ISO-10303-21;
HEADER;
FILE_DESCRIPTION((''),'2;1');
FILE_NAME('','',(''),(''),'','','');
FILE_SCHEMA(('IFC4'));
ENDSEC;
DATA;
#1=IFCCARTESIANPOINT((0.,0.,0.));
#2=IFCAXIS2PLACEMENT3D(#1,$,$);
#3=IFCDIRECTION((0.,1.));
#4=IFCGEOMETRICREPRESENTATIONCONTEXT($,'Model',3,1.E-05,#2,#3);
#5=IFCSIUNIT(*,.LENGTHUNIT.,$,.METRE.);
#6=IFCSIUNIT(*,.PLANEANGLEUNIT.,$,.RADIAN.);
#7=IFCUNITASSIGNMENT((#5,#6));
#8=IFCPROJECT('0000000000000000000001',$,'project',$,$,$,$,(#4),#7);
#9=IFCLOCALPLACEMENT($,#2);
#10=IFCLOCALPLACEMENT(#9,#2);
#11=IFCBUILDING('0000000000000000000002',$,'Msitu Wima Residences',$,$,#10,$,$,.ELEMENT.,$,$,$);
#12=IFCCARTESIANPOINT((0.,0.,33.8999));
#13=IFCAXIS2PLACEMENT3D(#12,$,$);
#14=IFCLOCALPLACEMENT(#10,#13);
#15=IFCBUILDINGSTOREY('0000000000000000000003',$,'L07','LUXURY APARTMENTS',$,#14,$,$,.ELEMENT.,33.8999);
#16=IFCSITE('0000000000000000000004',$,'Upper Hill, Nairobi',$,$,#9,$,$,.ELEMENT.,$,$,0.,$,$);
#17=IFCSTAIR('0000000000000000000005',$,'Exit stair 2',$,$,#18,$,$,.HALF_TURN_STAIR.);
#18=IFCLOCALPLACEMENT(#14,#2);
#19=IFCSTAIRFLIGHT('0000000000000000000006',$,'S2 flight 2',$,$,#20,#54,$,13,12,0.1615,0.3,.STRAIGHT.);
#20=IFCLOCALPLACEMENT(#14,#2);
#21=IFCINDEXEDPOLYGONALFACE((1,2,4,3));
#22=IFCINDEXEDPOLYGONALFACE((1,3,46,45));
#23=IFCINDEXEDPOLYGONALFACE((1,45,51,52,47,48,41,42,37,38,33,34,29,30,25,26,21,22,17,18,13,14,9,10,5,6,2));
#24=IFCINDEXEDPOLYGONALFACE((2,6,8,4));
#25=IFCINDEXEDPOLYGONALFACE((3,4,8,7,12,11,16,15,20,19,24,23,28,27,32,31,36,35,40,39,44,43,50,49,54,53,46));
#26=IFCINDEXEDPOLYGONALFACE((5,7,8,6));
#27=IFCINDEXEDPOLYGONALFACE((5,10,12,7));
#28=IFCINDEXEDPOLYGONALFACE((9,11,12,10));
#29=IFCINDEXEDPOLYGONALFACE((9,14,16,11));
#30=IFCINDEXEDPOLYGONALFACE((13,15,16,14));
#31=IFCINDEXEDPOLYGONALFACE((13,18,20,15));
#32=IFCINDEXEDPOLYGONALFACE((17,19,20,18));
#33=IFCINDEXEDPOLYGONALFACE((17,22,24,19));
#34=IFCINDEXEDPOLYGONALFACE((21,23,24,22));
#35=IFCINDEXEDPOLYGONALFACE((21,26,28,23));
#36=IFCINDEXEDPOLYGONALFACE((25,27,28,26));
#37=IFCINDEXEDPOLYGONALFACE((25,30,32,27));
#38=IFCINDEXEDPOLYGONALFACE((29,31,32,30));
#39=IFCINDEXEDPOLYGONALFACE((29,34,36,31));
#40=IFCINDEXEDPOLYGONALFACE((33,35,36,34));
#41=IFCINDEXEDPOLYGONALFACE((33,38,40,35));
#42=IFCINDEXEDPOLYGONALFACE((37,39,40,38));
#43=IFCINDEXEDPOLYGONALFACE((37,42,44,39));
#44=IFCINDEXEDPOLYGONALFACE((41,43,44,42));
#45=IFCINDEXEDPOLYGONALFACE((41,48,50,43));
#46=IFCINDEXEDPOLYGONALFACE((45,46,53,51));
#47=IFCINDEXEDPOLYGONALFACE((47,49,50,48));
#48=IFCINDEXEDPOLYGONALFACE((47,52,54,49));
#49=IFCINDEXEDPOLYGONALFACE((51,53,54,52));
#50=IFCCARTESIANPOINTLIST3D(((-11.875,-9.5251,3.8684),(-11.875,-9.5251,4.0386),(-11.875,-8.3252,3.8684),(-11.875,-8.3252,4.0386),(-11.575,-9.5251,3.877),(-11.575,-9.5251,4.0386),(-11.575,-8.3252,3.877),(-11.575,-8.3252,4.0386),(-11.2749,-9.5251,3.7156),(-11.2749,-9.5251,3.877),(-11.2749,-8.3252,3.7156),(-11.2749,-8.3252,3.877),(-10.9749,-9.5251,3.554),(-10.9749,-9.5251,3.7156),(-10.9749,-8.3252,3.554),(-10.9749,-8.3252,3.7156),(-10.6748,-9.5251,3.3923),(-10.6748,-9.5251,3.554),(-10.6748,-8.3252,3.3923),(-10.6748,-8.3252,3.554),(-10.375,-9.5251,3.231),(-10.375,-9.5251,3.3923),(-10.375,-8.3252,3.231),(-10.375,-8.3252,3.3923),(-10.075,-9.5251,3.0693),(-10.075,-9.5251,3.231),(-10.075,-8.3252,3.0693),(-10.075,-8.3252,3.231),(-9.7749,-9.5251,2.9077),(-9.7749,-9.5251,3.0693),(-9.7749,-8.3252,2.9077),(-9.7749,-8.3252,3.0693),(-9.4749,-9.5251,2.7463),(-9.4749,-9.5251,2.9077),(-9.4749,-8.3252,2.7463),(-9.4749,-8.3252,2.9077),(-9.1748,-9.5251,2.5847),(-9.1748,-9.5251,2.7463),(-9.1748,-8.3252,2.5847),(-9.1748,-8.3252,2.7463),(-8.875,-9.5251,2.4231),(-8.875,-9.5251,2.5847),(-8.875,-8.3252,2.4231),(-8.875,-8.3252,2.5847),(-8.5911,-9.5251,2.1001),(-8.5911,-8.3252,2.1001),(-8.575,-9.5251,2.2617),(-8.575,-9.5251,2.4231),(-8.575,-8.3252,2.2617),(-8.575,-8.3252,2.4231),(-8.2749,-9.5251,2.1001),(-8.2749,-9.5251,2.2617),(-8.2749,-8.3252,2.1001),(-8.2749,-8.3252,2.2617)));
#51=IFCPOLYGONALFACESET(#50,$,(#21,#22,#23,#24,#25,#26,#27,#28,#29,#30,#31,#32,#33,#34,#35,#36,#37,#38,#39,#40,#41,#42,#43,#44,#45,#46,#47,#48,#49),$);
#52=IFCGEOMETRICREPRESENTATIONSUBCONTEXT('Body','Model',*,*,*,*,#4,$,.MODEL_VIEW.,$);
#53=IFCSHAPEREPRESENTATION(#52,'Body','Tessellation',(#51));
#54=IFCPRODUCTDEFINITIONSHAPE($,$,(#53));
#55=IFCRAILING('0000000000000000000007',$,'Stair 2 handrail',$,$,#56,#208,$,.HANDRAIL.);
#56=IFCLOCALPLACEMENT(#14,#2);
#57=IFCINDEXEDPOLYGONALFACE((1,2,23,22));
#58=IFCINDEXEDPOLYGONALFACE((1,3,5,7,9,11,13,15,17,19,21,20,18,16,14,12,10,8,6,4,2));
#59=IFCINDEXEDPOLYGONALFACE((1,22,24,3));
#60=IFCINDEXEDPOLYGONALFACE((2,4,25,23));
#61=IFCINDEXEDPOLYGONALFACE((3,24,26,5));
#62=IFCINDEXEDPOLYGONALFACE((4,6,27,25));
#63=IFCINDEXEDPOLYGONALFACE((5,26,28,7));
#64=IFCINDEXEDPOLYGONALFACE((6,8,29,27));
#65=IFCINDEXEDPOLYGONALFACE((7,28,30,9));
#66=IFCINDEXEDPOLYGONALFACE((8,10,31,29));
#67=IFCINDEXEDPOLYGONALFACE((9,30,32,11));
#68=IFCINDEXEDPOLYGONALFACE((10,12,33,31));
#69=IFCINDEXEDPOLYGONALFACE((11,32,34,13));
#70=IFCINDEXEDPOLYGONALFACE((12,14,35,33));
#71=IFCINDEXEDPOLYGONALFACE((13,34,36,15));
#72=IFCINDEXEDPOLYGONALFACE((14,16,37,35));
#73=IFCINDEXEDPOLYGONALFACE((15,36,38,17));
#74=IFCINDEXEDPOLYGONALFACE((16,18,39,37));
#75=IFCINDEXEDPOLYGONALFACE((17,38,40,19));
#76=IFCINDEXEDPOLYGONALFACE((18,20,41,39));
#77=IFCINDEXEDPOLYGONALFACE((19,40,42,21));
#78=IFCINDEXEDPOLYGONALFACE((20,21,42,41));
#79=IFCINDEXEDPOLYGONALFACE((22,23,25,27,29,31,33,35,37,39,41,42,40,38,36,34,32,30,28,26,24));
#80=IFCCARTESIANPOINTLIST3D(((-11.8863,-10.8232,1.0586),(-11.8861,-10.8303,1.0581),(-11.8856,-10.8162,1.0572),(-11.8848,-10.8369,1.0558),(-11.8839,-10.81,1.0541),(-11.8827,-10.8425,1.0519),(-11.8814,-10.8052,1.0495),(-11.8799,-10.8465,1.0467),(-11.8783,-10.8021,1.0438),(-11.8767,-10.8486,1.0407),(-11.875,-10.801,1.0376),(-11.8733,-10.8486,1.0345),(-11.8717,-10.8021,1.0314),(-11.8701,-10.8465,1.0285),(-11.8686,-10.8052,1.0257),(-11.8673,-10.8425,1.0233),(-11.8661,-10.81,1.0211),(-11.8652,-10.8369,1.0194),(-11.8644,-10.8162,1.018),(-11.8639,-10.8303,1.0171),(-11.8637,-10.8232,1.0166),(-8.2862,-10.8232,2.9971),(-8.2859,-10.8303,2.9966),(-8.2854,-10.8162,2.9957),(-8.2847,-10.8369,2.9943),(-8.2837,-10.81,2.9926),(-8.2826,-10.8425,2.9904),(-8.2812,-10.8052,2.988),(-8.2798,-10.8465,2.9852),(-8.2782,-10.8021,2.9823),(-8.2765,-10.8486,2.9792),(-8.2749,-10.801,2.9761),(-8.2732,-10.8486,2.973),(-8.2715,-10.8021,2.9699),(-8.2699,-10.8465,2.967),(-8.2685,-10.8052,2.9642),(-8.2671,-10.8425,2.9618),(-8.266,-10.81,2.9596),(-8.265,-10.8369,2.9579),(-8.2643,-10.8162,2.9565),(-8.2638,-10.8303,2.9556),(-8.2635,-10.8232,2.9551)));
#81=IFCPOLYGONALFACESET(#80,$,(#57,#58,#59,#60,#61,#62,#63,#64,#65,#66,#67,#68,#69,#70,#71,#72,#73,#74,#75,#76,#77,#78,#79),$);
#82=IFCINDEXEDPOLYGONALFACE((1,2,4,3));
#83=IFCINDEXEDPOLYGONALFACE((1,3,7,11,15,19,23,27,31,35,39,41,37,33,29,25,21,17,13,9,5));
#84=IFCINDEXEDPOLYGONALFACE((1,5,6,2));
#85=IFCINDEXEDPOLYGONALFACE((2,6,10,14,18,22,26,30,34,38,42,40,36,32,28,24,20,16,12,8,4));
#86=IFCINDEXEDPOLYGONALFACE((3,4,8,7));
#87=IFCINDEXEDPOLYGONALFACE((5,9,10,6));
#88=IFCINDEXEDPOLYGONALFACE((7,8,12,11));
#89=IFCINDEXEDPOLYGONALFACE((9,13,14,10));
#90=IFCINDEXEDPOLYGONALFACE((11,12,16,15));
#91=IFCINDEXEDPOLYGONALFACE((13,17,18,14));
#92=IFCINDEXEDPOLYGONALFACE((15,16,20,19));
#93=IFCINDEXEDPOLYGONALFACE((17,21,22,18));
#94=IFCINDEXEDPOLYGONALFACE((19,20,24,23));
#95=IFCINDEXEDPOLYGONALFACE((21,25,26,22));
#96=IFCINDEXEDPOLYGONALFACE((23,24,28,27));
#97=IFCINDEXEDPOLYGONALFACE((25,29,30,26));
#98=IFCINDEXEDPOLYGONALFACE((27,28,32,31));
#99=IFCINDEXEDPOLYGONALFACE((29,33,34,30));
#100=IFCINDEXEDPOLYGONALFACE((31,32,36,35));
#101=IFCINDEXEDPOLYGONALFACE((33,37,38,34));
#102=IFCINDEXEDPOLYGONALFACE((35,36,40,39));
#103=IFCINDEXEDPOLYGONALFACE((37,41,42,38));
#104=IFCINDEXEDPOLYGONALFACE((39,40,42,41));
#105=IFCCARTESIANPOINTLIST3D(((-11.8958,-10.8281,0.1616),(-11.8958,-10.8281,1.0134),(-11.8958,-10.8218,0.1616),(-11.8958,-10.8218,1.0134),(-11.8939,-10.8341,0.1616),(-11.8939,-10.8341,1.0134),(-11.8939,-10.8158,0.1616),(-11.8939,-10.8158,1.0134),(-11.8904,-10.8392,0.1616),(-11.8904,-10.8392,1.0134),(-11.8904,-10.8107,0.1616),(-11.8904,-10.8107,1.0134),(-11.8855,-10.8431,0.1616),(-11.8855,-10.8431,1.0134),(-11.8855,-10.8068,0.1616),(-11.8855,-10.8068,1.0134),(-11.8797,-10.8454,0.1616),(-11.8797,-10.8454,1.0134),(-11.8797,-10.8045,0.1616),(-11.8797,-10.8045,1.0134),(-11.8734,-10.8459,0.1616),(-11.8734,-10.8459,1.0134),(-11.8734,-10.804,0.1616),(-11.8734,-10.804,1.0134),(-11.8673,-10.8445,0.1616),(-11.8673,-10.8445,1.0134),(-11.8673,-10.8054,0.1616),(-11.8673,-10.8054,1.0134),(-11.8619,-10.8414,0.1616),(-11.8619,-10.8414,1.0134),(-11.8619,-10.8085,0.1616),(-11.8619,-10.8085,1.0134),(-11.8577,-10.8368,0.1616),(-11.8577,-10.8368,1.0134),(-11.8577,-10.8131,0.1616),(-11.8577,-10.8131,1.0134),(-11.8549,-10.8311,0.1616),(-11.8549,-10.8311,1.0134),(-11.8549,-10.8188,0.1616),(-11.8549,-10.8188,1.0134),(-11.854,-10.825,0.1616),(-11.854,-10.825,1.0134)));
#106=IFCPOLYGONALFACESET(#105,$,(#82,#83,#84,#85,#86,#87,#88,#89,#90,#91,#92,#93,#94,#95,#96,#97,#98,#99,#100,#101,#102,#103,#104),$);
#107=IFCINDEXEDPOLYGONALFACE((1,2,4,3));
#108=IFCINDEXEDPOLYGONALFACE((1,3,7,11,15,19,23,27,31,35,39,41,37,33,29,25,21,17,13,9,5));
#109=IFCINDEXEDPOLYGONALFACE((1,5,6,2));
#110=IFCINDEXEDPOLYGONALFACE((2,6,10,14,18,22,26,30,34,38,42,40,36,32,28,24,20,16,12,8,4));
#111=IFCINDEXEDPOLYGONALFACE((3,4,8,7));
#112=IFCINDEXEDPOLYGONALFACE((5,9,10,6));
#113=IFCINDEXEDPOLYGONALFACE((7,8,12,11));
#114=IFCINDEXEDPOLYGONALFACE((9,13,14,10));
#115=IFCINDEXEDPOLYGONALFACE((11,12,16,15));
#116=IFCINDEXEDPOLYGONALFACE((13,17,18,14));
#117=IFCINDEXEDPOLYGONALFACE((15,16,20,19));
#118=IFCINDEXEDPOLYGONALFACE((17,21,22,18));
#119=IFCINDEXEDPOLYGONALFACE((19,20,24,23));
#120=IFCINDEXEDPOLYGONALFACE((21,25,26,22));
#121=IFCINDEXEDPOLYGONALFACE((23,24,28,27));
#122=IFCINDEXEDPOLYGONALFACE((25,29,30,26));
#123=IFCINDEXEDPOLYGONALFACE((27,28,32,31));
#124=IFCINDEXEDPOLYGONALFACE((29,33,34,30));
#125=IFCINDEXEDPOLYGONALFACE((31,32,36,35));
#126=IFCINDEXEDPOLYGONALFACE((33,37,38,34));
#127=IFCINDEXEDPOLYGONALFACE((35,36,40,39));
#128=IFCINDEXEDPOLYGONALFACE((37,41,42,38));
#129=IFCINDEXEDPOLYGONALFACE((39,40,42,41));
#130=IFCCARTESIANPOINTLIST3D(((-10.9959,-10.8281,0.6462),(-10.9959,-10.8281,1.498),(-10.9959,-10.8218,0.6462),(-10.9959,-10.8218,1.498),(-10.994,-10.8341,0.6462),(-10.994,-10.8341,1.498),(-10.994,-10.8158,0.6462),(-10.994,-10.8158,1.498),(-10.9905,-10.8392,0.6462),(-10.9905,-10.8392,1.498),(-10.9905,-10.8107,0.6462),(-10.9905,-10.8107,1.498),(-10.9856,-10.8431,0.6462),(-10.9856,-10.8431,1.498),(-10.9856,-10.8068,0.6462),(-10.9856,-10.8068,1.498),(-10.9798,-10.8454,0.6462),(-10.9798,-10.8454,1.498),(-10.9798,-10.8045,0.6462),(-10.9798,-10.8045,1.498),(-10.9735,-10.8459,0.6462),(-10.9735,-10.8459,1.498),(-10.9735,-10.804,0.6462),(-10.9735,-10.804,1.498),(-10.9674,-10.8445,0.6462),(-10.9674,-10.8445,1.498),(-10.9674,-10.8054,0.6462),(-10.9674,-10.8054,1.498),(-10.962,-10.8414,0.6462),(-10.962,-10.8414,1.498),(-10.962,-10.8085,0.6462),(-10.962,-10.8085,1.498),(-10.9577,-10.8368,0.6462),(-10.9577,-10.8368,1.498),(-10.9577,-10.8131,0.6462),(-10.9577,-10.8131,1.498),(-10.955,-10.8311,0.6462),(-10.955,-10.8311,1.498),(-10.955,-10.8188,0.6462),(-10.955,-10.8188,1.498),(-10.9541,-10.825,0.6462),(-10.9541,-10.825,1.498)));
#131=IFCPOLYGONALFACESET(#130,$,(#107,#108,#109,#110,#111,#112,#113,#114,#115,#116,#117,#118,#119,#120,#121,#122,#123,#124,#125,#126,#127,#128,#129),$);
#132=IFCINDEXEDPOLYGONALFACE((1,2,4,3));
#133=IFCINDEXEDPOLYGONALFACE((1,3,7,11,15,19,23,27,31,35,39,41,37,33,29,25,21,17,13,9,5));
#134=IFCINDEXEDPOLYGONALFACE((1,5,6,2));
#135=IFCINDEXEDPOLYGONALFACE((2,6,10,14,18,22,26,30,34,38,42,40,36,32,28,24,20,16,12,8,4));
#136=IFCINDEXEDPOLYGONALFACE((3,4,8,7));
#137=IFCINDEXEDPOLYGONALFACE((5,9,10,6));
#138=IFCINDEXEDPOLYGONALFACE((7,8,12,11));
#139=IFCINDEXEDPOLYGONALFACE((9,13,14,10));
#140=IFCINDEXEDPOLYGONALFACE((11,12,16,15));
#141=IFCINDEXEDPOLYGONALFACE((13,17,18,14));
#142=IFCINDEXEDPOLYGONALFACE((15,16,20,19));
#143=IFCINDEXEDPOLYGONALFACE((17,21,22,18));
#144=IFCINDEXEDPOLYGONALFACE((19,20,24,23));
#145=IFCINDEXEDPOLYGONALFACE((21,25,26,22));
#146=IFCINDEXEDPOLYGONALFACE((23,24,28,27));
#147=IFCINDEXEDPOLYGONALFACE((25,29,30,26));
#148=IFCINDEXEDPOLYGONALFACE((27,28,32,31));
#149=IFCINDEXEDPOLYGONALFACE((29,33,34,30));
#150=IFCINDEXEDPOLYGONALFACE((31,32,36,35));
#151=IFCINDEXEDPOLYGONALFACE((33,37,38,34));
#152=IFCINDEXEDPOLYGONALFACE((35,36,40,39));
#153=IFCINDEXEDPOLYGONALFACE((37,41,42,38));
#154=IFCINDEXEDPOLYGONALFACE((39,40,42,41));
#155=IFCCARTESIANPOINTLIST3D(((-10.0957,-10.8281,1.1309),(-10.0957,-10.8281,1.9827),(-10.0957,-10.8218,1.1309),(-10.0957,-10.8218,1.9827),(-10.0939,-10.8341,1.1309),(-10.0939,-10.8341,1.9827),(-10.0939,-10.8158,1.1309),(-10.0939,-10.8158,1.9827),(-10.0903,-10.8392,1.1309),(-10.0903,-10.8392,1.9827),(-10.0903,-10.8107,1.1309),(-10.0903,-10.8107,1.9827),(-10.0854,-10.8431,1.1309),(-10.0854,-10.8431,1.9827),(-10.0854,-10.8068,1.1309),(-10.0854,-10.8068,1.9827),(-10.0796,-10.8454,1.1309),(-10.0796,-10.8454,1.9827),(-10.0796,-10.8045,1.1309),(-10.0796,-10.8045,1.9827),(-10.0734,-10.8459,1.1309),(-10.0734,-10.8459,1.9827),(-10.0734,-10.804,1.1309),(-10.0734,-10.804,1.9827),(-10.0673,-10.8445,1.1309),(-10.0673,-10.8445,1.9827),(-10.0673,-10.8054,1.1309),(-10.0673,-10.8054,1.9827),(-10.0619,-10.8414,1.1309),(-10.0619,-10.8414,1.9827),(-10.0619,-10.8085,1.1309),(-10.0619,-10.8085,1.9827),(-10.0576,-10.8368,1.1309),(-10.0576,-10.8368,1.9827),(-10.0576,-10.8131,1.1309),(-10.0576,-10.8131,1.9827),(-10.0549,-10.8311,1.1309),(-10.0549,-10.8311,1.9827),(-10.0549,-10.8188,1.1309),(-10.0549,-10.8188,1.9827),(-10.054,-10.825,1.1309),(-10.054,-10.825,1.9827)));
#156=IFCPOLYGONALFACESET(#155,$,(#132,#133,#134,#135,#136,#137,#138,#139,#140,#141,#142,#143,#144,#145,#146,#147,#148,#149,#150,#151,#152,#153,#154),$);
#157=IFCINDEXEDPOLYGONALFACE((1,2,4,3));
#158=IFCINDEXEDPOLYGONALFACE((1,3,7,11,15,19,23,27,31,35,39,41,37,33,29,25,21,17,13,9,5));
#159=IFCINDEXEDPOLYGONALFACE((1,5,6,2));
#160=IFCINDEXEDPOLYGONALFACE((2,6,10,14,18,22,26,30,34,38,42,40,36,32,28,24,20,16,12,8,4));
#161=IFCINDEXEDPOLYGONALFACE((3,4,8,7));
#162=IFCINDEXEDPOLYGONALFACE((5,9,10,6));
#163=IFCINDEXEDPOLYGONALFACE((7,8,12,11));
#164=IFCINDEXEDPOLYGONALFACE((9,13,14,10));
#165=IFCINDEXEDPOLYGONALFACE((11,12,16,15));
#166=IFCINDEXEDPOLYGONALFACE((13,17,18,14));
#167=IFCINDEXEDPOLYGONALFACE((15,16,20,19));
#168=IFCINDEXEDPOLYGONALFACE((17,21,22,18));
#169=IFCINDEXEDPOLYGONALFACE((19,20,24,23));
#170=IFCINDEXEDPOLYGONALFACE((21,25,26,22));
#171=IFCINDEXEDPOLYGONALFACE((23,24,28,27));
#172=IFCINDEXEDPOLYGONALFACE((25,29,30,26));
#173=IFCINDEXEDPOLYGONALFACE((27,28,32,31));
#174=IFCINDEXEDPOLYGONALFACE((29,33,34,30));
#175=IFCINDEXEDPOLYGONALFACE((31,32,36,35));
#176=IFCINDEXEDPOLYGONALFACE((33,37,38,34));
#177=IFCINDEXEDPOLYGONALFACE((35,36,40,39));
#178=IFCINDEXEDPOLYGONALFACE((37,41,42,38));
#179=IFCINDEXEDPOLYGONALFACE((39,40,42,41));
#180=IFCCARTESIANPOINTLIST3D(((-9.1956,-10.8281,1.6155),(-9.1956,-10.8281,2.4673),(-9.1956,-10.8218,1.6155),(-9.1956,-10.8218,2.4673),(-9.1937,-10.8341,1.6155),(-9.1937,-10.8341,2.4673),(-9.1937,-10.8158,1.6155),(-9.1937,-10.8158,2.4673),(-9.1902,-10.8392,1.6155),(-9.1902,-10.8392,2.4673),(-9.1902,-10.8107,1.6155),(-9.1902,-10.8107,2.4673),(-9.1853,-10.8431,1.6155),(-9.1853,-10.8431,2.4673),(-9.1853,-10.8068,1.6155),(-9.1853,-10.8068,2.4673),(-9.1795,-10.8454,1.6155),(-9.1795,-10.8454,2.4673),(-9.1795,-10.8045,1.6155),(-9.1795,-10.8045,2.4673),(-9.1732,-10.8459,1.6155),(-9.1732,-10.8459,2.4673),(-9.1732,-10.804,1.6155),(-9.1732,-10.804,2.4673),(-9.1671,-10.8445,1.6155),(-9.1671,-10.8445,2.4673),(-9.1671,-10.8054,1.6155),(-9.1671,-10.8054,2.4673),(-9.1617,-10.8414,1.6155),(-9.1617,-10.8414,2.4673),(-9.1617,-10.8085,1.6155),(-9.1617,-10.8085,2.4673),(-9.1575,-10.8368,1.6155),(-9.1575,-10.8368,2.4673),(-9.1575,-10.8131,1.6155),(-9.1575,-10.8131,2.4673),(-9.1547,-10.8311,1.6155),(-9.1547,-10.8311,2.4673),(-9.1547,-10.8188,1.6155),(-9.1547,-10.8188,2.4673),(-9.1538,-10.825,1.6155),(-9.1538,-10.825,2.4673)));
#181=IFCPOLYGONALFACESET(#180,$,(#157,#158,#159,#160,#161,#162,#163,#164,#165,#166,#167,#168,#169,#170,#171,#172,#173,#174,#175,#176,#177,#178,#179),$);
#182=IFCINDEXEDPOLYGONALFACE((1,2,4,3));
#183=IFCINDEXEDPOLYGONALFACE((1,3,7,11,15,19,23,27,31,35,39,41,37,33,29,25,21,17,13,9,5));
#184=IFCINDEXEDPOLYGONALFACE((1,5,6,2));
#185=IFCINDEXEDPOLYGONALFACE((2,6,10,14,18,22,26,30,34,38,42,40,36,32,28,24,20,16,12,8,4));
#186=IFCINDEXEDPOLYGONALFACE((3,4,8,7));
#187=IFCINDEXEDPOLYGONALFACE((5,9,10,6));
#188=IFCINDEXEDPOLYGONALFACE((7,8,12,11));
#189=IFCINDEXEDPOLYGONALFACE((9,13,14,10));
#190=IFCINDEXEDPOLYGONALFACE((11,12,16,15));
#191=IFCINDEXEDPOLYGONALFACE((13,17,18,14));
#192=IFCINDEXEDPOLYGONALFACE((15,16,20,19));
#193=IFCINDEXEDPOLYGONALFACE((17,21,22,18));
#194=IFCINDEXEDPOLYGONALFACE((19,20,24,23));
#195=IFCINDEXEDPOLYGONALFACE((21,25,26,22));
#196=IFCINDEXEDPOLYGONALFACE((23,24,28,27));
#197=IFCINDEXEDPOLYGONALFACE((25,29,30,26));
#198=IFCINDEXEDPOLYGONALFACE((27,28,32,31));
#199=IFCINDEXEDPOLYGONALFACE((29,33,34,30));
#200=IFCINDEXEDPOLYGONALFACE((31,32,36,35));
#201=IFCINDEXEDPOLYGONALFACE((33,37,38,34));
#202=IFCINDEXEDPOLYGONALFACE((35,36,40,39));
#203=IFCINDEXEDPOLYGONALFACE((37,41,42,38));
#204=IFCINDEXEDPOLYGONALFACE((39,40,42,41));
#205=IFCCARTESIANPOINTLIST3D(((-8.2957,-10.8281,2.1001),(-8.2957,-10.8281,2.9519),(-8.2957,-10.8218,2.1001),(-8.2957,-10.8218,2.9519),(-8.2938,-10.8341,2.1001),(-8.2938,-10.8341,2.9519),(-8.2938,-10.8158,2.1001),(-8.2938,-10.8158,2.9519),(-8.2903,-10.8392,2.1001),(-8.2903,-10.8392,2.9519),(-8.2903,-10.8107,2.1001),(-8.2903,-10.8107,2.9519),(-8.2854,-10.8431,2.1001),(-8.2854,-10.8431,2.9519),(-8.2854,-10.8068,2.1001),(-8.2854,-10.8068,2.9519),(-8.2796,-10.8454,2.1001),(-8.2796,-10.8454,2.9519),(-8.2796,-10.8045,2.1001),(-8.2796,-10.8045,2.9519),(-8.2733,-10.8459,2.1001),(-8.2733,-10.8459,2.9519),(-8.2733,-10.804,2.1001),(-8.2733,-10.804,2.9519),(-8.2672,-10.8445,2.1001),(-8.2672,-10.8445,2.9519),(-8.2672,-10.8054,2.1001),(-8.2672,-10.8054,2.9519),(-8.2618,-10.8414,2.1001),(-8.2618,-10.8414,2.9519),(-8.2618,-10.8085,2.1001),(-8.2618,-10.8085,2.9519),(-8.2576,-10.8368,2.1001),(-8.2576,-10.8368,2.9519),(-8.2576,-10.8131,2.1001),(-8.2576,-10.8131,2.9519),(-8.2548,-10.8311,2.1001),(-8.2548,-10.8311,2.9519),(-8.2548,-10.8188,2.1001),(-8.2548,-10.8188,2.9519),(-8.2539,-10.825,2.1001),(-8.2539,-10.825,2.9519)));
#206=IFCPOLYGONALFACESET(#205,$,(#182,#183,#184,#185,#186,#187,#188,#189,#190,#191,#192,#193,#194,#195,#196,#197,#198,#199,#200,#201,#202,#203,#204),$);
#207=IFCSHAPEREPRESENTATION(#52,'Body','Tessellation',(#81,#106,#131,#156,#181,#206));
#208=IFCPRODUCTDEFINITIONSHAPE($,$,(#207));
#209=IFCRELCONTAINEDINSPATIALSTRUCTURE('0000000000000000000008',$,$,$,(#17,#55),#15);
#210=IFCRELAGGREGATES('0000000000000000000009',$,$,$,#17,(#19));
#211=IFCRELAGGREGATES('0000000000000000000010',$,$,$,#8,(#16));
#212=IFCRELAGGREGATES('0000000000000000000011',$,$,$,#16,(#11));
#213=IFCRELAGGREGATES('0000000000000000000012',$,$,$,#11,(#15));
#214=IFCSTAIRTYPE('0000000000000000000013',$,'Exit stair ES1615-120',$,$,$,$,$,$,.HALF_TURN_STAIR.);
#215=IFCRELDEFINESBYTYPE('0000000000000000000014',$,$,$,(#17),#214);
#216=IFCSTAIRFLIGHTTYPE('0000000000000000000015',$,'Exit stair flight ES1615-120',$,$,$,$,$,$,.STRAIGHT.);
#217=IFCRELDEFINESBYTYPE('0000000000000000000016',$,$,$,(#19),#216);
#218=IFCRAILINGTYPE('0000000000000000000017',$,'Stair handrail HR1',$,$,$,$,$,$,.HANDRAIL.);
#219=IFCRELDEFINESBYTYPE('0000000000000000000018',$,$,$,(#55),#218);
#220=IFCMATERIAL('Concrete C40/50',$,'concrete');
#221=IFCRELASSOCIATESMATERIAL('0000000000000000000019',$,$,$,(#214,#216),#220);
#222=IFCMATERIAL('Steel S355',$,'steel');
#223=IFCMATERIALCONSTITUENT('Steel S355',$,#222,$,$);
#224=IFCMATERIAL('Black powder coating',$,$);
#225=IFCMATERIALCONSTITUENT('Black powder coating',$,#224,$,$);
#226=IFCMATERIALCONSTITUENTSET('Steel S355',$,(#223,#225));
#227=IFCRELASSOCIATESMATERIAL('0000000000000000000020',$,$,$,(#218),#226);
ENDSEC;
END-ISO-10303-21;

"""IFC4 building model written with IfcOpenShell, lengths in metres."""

from ifc_helpers import new_model, si_unit, direction, frame, origin, origin_2d, place, context, subcontext, project, spatial, polyline, circle, outline, extrude, material, constituent, constituent_set, type_object, element, aggregate, save


model = new_model("IFC4")

# Units and contexts
model_context = context("Model", 3, precision=1e-05, world=origin(), true_north=direction((0.0, 1.0)))
body_context = subcontext(model_context, "Body", "Model", "MODEL_VIEW")
ifc_project = project(units=[si_unit("LENGTHUNIT", "METRE"), si_unit("PLANEANGLEUNIT", "RADIAN")], contexts=[model_context])

# Site, building, storey
site_placement = place(None, origin())
site = spatial("IfcSite", under=ifc_project, at=site_placement, Name="Upper Hill, Nairobi", CompositionType="ELEMENT", RefElevation=0.0)
building_placement = place(site_placement, origin())
building = spatial("IfcBuilding", under=site, at=building_placement, Name="Msitu Wima Residences", CompositionType="ELEMENT")
storey_placement = place(building_placement, frame((0.0, 0.0, 33.8999)))
storey = spatial("IfcBuildingStorey", under=building, at=storey_placement, Name="L07", Description="LUXURY APARTMENTS", CompositionType="ELEMENT", Elevation=33.8999)

# Stair, stair flight
ifc_material_1 = material(Name="Concrete C40/50", Category="concrete")
stair_type = type_object("IfcStairType", Name="Exit stair ES1615-120", PredefinedType="HALF_TURN_STAIR", material=ifc_material_1)
stair_placement = place(storey_placement, origin())
stair = element("IfcStair", 1, at=stair_placement, inside=storey, type_object=stair_type, Name="Exit stair 2", PredefinedType="HALF_TURN_STAIR")
stair_flight_type = type_object("IfcStairFlightType", Name="Exit stair flight ES1615-120", PredefinedType="STRAIGHT", material=ifc_material_1)
stair_flight_1_placement = place(storey_placement, frame((-8.2749, -8.925, 2.1001), z_axis=(0.0, 0.0, 1.0), x_axis=(-1.0, 0.0, 0.0)))
stair_flight_1 = element("IfcStairFlight", 2, at=stair_flight_1_placement, type_object=stair_flight_type, Name="S2 flight 2", NumberOfRisers=13, NumberOfTreads=12, PredefinedType="STRAIGHT", RiserHeight=0.1615, TreadLength=0.3, context=body_context, shape_type="SweptSolid", body=[
    extrude(outline(polyline([(0.0, 0.0), (0.0, 0.1616), (0.3, 0.1616), (0.3, 0.323), (0.6001, 0.323), (0.6001, 0.4846), (0.8999, 0.4846), (0.8999, 0.6462), (1.2, 0.6462), (1.2, 0.8076), (1.5, 0.8076), (1.5, 0.9692), (1.8, 0.9692), (1.8, 1.1309), (2.1001, 1.1309), (2.1001, 1.2922), (2.3999, 1.2922), (2.3999, 1.4539), (2.7, 1.4539), (2.7, 1.6155), (3.0, 1.6155), (3.0, 1.7769), (3.3, 1.7769), (3.3, 1.9385), (3.6001, 1.9385), (3.6001, 2.1001), (3.6001, 1.7683), (0.3162, 0.0), (0.0, 0.0)])), frame((0.0, 0.6001, 0.0), z_axis=(0.0, -1.0, 0.0), x_axis=(1.0, 0.0, 0.0)), (0.0, 0.0, 1.0), 1.2),
])
aggregate(stair, [stair_flight_1])

# Railing
ifc_material_2 = material(Name="Steel S355", Category="steel")
ifc_constituent_1 = constituent(ifc_material_2, Name="Steel S355")
ifc_material_3 = material(Name="Black powder coating")
ifc_constituent_2 = constituent(ifc_material_3, Name="Black powder coating")
ifc_constituent_set = constituent_set(constituents=[ifc_constituent_1, ifc_constituent_2], Name="Steel S355")
railing_type = type_object("IfcRailingType", Name="Stair handrail HR1", PredefinedType="HANDRAIL", material=ifc_constituent_set)
for number, where, name in (
    (3, (-11.875, -10.825, 0.1616), "Stair 2 handrail"),
):
    element("IfcRailing", number, at=place(storey_placement, frame(where)), inside=storey, type_object=railing_type, Name=name, PredefinedType="HANDRAIL", context=body_context, shape_type="SweptSolid", body=[
        extrude(circle(Radius=0.0239, at=origin_2d()), frame((0.0, 0.0, 0.876), z_axis=(0.880475, 0.0, 0.474093), x_axis=(0.0, 1.0, 0.0)), (0.0, 0.0, 1.0), 4.0889),
        extrude(circle(Radius=0.021, at=origin_2d()), origin(), (0.0, 0.0, 1.0), 0.8518),
        extrude(circle(Radius=0.021, at=origin_2d()), frame((0.8999, 0.0, 0.4846)), (0.0, 0.0, 1.0), 0.8518),
        extrude(circle(Radius=0.021, at=origin_2d()), frame((1.8, 0.0, 0.9692)), (0.0, 0.0, 1.0), 0.8518),
        extrude(circle(Radius=0.021, at=origin_2d()), frame((2.7002, 0.0, 1.4539)), (0.0, 0.0, 1.0), 0.8518),
        extrude(circle(Radius=0.021, at=origin_2d()), frame((3.6001, 0.0, 1.9385)), (0.0, 0.0, 1.0), 0.8518),
    ])

save(model, "model.ifc")
